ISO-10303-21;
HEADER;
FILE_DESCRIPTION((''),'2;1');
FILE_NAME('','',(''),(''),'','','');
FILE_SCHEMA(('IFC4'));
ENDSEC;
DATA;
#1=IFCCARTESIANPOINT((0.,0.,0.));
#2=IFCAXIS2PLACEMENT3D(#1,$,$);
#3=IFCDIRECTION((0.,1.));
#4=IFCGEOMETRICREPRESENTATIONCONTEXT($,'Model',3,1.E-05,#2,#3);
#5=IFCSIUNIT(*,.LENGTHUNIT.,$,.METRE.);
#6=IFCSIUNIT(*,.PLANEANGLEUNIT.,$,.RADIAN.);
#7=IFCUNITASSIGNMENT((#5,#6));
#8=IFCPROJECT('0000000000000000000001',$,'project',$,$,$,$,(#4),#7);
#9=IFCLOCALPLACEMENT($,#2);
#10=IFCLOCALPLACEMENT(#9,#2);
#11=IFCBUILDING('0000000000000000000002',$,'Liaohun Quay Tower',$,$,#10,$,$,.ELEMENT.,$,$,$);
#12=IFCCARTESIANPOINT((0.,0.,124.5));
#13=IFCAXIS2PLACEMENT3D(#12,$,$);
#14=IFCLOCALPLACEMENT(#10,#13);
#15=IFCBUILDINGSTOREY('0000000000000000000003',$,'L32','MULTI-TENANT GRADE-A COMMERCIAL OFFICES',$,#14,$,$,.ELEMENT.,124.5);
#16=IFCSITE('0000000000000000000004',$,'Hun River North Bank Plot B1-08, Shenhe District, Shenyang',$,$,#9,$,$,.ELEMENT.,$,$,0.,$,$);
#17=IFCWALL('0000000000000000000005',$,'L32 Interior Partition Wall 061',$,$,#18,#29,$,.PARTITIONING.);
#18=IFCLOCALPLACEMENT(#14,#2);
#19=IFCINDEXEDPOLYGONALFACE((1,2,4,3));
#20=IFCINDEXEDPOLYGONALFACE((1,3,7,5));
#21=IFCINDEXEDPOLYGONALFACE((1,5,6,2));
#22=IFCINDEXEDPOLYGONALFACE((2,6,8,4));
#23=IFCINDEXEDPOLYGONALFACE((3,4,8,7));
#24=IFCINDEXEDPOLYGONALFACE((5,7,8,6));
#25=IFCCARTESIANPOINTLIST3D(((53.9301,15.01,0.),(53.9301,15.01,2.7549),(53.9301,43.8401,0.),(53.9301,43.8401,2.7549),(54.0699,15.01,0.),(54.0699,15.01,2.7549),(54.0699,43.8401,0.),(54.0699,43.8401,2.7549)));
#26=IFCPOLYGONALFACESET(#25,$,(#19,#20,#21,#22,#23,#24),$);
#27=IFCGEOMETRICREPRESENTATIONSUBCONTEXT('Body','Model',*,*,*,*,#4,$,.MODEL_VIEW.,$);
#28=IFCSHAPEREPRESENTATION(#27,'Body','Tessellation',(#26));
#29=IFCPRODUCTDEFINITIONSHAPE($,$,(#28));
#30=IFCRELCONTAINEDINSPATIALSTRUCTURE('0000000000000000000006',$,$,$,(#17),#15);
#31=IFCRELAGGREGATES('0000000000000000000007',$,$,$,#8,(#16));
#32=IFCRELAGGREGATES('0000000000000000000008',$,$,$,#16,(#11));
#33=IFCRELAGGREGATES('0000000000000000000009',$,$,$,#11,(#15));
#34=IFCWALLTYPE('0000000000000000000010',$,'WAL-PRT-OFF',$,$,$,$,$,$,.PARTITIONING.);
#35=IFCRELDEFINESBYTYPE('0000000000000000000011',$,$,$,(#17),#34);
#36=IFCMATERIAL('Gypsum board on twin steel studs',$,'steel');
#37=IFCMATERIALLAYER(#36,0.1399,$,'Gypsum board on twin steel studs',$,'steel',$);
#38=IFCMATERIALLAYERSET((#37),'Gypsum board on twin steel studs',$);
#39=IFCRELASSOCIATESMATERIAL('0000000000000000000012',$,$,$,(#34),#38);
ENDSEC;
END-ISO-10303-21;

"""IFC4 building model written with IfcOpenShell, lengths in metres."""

from ifc_helpers import new_model, si_unit, direction, frame, frame_2d, origin, place, context, subcontext, project, spatial, rectangle, extrude, material, layer, layer_set, type_object, element, save


model = new_model("IFC4")

# Units and contexts
model_context = context("Model", 3, precision=1e-05, world=origin(), true_north=direction((0.0, 1.0)))
body_context = subcontext(model_context, "Body", "Model", "MODEL_VIEW")
ifc_project = project(units=[si_unit("LENGTHUNIT", "METRE"), si_unit("PLANEANGLEUNIT", "RADIAN")], contexts=[model_context])

# Site, building, storey
site_placement = place(None, origin())
site = spatial("IfcSite", under=ifc_project, at=site_placement, Name="Hun River North Bank Plot B1-08, Shenhe District, Shenyang", CompositionType="ELEMENT", RefElevation=0.0)
building_placement = place(site_placement, origin())
building = spatial("IfcBuilding", under=site, at=building_placement, Name="Liaohun Quay Tower", CompositionType="ELEMENT")
storey_placement = place(building_placement, frame((0.0, 0.0, 124.5)))
storey = spatial("IfcBuildingStorey", under=building, at=storey_placement, Name="L32", Description="MULTI-TENANT GRADE-A COMMERCIAL OFFICES", CompositionType="ELEMENT", Elevation=124.5)

# Wall
ifc_material_1 = material(Name="Gypsum board on twin steel studs", Category="steel")
ifc_layer_1 = layer(ifc_material_1, 0.1399, Name="Gypsum board on twin steel studs", Category="steel")
ifc_layer_set_1 = layer_set([ifc_layer_1], Name="Gypsum board on twin steel studs")
wall_type_1 = type_object("IfcWallType", Name="WAL-PRT-OFF", PredefinedType="PARTITIONING", material=ifc_layer_set_1)
wall_1_placement = place(storey_placement, frame((54.0, 43.8401, 0.0), z_axis=(0.0, 0.0, 1.0), x_axis=(0.0, -1.0, 0.0)))
element("IfcWall", 1, at=wall_1_placement, inside=storey, type_object=wall_type_1, Name="L32 Interior Partition Wall 061", PredefinedType="PARTITIONING", context=body_context, shape_type="SweptSolid", body=[
    extrude(rectangle(XDim=28.8301, YDim=0.1399, at=frame_2d((14.415, 0.0))), origin(), (0.0, 0.0, 1.0), 2.7549),
])

save(model, "model.ifc")
